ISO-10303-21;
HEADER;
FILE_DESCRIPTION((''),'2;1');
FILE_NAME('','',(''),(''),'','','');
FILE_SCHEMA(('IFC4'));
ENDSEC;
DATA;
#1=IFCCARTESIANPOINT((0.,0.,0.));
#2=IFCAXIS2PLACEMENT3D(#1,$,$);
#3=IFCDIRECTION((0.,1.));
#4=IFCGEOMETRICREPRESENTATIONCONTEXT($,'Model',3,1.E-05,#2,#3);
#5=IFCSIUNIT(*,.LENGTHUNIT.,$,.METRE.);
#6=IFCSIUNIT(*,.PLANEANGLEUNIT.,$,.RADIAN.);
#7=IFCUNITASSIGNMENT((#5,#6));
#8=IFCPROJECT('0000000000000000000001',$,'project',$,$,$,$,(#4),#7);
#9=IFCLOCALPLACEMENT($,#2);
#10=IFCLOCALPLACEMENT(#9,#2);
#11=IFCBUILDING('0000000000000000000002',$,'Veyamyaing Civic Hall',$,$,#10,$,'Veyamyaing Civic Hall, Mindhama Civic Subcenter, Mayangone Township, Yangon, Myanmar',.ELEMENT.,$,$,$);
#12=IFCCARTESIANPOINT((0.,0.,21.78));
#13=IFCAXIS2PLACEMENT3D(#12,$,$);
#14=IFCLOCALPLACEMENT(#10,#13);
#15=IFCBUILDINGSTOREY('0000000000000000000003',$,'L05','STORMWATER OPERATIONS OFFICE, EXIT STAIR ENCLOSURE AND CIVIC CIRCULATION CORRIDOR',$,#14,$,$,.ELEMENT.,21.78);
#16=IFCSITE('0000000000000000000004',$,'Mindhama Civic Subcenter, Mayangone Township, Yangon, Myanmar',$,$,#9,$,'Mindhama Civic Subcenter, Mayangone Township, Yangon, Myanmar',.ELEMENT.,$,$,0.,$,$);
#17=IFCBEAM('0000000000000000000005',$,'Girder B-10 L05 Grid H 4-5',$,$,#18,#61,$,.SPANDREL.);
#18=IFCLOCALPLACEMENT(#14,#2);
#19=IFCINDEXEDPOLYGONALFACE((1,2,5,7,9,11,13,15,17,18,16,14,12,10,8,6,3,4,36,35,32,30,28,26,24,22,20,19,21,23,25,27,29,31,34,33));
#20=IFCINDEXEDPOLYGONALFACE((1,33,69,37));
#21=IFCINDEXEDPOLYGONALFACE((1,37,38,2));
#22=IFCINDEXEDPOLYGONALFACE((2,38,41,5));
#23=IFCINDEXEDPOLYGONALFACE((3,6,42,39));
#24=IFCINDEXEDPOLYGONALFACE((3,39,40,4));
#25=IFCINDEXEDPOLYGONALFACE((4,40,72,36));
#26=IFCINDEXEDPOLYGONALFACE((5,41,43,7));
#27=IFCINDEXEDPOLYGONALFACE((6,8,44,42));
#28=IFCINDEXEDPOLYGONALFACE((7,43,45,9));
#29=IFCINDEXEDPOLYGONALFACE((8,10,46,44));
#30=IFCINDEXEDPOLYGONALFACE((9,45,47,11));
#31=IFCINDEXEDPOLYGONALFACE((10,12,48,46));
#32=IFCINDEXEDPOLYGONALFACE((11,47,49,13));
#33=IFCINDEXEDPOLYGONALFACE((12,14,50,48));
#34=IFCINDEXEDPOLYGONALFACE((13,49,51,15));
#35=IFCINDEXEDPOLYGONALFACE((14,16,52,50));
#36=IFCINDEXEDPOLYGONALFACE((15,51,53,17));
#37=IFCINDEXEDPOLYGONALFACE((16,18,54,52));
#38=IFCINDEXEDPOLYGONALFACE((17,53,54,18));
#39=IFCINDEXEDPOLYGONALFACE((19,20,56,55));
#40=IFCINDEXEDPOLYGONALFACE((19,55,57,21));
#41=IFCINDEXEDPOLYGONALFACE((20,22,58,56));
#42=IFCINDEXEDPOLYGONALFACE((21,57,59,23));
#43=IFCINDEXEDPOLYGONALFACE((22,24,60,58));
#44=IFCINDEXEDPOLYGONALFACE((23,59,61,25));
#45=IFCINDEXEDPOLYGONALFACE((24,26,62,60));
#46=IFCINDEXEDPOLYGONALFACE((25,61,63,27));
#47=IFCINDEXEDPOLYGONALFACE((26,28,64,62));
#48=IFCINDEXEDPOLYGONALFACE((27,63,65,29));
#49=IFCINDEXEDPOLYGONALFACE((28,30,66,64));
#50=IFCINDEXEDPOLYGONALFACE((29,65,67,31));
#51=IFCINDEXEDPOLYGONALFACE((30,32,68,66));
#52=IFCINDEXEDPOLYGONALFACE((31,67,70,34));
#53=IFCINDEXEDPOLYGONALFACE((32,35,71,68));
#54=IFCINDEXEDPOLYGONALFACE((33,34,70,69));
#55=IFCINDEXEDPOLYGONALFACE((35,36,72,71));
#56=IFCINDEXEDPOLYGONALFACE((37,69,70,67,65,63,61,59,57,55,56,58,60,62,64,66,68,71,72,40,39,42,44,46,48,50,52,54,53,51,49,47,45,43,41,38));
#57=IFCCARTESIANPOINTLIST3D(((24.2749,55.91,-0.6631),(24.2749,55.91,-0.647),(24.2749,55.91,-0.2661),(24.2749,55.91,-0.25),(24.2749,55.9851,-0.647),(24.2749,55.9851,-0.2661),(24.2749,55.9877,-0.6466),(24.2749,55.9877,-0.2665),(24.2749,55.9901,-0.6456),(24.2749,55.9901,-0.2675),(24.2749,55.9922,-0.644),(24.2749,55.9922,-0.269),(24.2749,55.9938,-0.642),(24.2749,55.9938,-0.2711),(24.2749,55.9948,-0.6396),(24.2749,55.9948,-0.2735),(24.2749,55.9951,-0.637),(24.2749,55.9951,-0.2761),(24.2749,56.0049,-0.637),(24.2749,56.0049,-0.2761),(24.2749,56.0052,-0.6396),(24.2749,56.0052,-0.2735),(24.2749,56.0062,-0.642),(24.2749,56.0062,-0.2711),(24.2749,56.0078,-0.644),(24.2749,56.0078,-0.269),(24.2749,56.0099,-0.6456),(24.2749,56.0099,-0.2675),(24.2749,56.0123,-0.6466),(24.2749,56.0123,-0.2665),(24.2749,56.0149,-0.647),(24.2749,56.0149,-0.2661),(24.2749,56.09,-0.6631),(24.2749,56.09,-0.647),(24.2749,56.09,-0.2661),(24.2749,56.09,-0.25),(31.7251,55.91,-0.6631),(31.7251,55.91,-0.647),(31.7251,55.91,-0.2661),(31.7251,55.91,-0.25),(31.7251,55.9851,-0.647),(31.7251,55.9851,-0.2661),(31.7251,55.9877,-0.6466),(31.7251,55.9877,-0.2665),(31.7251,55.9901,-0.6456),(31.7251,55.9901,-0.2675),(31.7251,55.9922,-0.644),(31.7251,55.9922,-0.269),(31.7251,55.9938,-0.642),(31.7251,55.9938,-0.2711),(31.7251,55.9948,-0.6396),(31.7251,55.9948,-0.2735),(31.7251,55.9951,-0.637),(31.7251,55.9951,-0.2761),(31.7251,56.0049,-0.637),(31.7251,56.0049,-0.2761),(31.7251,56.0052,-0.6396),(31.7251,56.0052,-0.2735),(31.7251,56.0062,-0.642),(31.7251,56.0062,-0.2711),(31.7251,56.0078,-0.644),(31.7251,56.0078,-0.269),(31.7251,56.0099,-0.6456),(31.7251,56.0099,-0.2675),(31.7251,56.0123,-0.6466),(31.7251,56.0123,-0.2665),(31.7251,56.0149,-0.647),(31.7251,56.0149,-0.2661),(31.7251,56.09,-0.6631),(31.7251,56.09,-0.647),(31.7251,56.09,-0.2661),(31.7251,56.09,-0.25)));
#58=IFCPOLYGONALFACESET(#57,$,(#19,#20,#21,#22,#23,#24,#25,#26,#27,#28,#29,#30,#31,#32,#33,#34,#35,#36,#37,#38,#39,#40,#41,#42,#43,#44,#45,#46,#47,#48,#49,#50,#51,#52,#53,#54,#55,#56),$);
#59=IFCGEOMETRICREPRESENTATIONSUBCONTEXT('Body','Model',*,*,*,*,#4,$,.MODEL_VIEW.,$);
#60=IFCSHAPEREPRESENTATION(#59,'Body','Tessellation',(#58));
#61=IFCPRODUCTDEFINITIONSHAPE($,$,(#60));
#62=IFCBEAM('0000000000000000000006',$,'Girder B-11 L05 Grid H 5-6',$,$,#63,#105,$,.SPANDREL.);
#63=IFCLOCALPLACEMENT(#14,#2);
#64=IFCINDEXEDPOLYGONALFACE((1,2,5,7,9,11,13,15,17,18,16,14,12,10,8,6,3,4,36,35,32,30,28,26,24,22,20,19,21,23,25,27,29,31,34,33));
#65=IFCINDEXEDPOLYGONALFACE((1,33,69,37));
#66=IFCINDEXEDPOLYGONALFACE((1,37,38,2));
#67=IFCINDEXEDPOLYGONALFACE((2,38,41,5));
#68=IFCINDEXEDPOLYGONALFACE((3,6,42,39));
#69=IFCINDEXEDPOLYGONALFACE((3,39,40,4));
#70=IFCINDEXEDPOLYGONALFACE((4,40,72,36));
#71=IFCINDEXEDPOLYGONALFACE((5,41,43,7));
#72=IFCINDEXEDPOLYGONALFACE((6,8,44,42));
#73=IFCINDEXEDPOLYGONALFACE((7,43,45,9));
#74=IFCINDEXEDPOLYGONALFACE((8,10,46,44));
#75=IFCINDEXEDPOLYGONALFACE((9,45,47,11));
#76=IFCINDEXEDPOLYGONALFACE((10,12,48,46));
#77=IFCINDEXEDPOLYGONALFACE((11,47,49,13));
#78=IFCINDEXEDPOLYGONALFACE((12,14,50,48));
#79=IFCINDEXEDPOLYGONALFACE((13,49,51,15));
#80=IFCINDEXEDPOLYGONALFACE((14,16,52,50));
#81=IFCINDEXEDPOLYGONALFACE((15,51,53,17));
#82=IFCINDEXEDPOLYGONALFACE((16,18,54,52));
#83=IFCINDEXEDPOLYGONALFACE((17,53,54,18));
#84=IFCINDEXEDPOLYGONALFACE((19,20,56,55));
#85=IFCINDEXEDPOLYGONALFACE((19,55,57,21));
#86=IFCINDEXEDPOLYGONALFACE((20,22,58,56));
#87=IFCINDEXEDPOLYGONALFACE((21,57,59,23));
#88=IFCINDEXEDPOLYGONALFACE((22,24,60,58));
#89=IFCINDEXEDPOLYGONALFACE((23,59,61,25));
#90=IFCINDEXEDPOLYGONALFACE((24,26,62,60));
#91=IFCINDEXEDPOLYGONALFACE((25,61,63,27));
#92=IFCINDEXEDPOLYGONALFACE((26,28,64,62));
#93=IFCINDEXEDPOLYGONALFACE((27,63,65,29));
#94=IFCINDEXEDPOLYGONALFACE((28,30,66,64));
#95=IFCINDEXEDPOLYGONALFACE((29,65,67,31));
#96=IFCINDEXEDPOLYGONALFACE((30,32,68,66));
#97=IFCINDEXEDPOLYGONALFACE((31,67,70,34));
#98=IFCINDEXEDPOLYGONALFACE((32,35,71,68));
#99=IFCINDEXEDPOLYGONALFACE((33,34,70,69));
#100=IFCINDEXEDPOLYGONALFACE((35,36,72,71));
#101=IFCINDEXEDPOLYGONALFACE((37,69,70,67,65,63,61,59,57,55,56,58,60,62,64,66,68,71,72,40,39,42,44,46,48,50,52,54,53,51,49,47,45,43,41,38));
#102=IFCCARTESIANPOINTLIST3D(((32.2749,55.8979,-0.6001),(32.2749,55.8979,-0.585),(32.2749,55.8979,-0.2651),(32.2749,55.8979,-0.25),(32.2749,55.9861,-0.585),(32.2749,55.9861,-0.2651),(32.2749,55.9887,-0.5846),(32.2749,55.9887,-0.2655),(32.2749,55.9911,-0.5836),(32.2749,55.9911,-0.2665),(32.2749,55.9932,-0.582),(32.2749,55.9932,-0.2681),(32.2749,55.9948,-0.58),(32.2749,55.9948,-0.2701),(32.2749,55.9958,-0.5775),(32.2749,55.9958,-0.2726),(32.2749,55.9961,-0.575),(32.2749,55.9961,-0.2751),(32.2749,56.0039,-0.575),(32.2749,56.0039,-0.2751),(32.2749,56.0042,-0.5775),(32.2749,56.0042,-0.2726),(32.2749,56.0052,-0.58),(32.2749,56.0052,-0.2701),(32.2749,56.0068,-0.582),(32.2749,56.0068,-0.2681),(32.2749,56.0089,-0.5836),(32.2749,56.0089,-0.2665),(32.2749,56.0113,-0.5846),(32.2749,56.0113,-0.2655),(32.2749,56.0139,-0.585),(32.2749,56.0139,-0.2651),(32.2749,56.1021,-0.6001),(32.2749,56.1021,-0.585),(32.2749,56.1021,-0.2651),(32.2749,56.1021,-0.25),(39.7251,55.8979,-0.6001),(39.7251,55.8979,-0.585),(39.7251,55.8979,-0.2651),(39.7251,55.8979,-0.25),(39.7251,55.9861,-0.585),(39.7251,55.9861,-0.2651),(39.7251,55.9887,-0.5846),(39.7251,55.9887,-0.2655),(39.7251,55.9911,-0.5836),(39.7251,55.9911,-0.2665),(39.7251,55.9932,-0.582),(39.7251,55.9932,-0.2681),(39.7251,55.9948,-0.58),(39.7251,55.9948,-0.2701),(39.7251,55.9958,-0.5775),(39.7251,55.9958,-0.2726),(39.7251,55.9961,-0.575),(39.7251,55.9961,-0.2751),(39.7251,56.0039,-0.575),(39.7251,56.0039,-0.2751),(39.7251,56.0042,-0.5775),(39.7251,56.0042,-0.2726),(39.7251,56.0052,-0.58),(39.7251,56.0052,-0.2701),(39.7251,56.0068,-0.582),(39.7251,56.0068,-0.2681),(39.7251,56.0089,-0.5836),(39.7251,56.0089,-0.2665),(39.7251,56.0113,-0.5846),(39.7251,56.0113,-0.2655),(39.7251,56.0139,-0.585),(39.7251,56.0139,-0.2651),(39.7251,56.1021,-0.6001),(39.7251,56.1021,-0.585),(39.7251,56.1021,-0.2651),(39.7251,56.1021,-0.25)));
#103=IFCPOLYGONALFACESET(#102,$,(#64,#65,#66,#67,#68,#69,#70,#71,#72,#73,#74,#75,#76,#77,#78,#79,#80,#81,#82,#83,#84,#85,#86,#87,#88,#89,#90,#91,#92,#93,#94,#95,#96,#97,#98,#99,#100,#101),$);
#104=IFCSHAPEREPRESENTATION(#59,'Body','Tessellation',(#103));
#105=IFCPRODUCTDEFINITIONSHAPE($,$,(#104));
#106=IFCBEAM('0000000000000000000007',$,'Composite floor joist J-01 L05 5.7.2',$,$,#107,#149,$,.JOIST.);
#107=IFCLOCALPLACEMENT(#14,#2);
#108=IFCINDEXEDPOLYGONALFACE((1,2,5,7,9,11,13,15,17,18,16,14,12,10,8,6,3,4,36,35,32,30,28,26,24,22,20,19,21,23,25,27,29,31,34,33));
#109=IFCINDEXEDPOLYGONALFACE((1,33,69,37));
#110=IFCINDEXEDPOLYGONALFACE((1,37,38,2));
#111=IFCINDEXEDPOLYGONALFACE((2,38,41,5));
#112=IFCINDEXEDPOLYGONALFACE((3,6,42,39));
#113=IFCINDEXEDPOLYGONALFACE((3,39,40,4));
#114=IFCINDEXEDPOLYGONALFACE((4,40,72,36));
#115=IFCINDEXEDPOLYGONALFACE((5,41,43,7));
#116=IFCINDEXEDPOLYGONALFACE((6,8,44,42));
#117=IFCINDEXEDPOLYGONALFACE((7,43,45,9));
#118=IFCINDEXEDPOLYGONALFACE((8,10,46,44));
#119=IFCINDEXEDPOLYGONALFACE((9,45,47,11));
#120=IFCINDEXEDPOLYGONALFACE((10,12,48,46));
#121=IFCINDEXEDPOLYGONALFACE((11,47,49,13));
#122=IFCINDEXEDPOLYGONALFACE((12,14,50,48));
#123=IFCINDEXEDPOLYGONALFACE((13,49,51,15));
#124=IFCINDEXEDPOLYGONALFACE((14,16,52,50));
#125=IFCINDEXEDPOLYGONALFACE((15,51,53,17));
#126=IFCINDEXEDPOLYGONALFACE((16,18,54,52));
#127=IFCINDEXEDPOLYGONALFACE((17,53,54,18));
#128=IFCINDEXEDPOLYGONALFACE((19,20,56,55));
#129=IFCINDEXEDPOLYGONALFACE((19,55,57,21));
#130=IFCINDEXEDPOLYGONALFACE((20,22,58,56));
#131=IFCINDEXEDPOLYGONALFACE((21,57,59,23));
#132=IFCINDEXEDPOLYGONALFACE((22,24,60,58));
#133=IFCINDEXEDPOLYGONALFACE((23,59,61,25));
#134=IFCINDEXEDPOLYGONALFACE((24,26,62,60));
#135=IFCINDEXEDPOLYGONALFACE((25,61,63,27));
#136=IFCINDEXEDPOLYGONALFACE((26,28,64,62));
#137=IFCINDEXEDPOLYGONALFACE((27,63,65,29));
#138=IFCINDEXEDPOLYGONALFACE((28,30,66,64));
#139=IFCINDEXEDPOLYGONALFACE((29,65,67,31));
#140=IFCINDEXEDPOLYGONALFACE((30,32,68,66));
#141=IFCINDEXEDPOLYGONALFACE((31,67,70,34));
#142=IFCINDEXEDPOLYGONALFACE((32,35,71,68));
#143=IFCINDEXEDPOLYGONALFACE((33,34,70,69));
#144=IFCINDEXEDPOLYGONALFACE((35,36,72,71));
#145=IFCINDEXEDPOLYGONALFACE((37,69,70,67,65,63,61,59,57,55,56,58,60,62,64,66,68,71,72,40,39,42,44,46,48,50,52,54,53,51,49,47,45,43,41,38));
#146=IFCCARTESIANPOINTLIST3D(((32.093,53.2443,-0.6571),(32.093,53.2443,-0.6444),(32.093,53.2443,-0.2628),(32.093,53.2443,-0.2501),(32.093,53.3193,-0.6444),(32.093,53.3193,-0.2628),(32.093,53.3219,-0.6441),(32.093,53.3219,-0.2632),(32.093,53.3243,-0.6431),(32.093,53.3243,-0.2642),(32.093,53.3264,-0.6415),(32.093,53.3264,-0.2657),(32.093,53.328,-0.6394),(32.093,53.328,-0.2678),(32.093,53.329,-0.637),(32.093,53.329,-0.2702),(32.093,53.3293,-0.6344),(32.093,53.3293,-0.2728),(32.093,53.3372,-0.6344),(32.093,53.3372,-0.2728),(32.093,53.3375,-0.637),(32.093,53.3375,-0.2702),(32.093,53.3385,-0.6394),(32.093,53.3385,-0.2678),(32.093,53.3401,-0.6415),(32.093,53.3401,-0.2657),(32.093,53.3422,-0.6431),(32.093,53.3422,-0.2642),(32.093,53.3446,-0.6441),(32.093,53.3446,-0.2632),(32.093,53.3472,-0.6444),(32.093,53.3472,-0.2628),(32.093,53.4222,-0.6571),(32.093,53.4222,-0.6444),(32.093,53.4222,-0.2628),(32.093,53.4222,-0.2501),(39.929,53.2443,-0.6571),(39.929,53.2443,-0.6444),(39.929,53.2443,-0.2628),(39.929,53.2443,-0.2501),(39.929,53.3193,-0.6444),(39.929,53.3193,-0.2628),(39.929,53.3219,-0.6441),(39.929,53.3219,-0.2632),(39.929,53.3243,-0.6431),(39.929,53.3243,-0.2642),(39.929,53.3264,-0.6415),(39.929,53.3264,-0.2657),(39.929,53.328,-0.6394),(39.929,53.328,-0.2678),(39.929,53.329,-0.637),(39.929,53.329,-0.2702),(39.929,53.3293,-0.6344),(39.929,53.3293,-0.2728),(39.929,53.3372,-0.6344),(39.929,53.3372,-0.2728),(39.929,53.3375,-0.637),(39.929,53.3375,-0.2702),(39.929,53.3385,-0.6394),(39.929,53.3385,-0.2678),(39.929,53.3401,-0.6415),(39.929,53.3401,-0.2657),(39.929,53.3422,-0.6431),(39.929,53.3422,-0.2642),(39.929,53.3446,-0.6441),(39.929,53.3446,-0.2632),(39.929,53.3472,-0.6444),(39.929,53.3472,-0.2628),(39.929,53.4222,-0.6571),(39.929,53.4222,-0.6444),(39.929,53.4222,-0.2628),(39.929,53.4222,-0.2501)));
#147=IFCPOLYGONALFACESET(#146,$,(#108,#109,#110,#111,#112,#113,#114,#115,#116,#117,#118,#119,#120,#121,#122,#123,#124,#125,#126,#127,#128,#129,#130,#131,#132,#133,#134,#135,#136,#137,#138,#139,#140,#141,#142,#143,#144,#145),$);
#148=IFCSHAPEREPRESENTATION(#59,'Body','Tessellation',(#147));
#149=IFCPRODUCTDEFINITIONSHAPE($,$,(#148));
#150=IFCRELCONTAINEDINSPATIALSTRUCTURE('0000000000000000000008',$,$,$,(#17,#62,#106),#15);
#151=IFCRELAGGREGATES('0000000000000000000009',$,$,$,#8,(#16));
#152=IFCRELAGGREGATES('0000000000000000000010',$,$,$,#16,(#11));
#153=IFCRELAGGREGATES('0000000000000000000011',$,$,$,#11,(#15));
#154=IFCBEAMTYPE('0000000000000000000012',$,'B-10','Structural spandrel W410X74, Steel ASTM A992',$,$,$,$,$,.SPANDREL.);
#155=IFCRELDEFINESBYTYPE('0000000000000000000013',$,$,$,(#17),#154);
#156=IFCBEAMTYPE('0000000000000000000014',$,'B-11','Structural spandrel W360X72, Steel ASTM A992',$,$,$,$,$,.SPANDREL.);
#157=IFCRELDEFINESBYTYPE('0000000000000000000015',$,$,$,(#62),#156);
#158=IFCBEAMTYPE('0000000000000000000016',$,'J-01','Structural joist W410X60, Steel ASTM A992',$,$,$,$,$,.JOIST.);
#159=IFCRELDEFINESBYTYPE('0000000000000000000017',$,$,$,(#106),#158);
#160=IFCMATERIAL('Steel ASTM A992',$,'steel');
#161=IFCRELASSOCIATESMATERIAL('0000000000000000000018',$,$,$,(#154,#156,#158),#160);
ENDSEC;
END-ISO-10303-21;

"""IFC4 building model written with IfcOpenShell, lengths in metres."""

from ifc_helpers import new_model, si_unit, direction, frame, origin, origin_2d, place, context, subcontext, project, spatial, i_section, extrude, material, material_profile, profile_set, type_object, element, save


model = new_model("IFC4")

# Units and contexts
model_context = context("Model", 3, precision=1e-05, world=origin(), true_north=direction((0.0, 1.0)))
body_context = subcontext(model_context, "Body", "Model", "MODEL_VIEW")
ifc_project = project(units=[si_unit("LENGTHUNIT", "METRE"), si_unit("PLANEANGLEUNIT", "RADIAN")], contexts=[model_context])

# Site, building, storey
site_placement = place(None, origin())
site = spatial("IfcSite", under=ifc_project, at=site_placement, Name="Mindhama Civic Subcenter, Mayangone Township, Yangon, Myanmar", LongName="Mindhama Civic Subcenter, Mayangone Township, Yangon, Myanmar", CompositionType="ELEMENT", RefElevation=0.0)
building_placement = place(site_placement, origin())
building = spatial("IfcBuilding", under=site, at=building_placement, Name="Veyamyaing Civic Hall", LongName="Veyamyaing Civic Hall, Mindhama Civic Subcenter, Mayangone Township, Yangon, Myanmar", CompositionType="ELEMENT")
storey_placement = place(building_placement, frame((0.0, 0.0, 21.78)))
storey = spatial("IfcBuildingStorey", under=building, at=storey_placement, Name="L05", Description="STORMWATER OPERATIONS OFFICE, EXIT STAIR ENCLOSURE AND CIVIC CIRCULATION CORRIDOR", CompositionType="ELEMENT", Elevation=21.78)

# Beams
ifc_material_1 = material(Name="Steel ASTM A992", Category="steel")
ifc_material_profile_1 = material_profile(ifc_material_1, i_section(OverallWidth=0.1799, OverallDepth=0.4131, WebThickness=0.0098, FlangeThickness=0.0161, FilletRadius=0.01, at=origin_2d()), Name="W410X74")
ifc_profile_set_1 = profile_set([ifc_material_profile_1], Name="Steel ASTM A992")
beam_type_1 = type_object("IfcBeamType", Name="B-10", Description="Structural spandrel W410X74, Steel ASTM A992", PredefinedType="SPANDREL", material=ifc_profile_set_1)
beam_1_placement = place(storey_placement, frame((24.2749, 56.0, -0.4565), z_axis=(1.0, 0.0, 0.0), x_axis=(0.0, 1.0, 0.0)))
element("IfcBeam", 1, at=beam_1_placement, inside=storey, type_object=beam_type_1, Name="Girder B-10 L05 Grid H 4-5", PredefinedType="SPANDREL", context=body_context, shape_type="SweptSolid", body=[
    extrude(i_section(OverallWidth=0.1799, OverallDepth=0.4131, WebThickness=0.0098, FlangeThickness=0.0161, FilletRadius=0.01, at=origin_2d()), origin(), (0.0, 0.0, 1.0), 7.4502),
])
ifc_material_profile_2 = material_profile(ifc_material_1, i_section(OverallWidth=0.2041, OverallDepth=0.3501, WebThickness=0.0078, FlangeThickness=0.0151, FilletRadius=0.01, at=origin_2d()), Name="W360X72")
ifc_profile_set_2 = profile_set([ifc_material_profile_2], Name="Steel ASTM A992")
beam_type_2 = type_object("IfcBeamType", Name="B-11", Description="Structural spandrel W360X72, Steel ASTM A992", PredefinedType="SPANDREL", material=ifc_profile_set_2)
beam_2_placement = place(storey_placement, frame((32.2749, 56.0, -0.425), z_axis=(1.0, 0.0, 0.0), x_axis=(0.0, 1.0, 0.0)))
element("IfcBeam", 2, at=beam_2_placement, inside=storey, type_object=beam_type_2, Name="Girder B-11 L05 Grid H 5-6", PredefinedType="SPANDREL", context=body_context, shape_type="SweptSolid", body=[
    extrude(i_section(OverallWidth=0.2041, OverallDepth=0.3501, WebThickness=0.0078, FlangeThickness=0.0151, FilletRadius=0.01, at=origin_2d()), origin(), (0.0, 0.0, 1.0), 7.4502),
])
ifc_material_profile_3 = material_profile(ifc_material_1, i_section(OverallWidth=0.178, OverallDepth=0.407, WebThickness=0.0078, FlangeThickness=0.0127, FilletRadius=0.01, at=origin_2d()), Name="W410X60")
ifc_profile_set_3 = profile_set([ifc_material_profile_3], Name="Steel ASTM A992")
beam_type_3 = type_object("IfcBeamType", Name="J-01", Description="Structural joist W410X60, Steel ASTM A992", PredefinedType="JOIST", material=ifc_profile_set_3)
beam_3_placement = place(storey_placement, frame((32.093, 53.3333, -0.4536), z_axis=(1.0, 0.0, 0.0), x_axis=(0.0, 1.0, 0.0)))
element("IfcBeam", 3, at=beam_3_placement, inside=storey, type_object=beam_type_3, Name="Composite floor joist J-01 L05 5.7.2", PredefinedType="JOIST", context=body_context, shape_type="SweptSolid", body=[
    extrude(i_section(OverallWidth=0.178, OverallDepth=0.407, WebThickness=0.0078, FlangeThickness=0.0127, FilletRadius=0.01, at=origin_2d()), origin(), (0.0, 0.0, 1.0), 7.8359),
])

save(model, "model.ifc")
